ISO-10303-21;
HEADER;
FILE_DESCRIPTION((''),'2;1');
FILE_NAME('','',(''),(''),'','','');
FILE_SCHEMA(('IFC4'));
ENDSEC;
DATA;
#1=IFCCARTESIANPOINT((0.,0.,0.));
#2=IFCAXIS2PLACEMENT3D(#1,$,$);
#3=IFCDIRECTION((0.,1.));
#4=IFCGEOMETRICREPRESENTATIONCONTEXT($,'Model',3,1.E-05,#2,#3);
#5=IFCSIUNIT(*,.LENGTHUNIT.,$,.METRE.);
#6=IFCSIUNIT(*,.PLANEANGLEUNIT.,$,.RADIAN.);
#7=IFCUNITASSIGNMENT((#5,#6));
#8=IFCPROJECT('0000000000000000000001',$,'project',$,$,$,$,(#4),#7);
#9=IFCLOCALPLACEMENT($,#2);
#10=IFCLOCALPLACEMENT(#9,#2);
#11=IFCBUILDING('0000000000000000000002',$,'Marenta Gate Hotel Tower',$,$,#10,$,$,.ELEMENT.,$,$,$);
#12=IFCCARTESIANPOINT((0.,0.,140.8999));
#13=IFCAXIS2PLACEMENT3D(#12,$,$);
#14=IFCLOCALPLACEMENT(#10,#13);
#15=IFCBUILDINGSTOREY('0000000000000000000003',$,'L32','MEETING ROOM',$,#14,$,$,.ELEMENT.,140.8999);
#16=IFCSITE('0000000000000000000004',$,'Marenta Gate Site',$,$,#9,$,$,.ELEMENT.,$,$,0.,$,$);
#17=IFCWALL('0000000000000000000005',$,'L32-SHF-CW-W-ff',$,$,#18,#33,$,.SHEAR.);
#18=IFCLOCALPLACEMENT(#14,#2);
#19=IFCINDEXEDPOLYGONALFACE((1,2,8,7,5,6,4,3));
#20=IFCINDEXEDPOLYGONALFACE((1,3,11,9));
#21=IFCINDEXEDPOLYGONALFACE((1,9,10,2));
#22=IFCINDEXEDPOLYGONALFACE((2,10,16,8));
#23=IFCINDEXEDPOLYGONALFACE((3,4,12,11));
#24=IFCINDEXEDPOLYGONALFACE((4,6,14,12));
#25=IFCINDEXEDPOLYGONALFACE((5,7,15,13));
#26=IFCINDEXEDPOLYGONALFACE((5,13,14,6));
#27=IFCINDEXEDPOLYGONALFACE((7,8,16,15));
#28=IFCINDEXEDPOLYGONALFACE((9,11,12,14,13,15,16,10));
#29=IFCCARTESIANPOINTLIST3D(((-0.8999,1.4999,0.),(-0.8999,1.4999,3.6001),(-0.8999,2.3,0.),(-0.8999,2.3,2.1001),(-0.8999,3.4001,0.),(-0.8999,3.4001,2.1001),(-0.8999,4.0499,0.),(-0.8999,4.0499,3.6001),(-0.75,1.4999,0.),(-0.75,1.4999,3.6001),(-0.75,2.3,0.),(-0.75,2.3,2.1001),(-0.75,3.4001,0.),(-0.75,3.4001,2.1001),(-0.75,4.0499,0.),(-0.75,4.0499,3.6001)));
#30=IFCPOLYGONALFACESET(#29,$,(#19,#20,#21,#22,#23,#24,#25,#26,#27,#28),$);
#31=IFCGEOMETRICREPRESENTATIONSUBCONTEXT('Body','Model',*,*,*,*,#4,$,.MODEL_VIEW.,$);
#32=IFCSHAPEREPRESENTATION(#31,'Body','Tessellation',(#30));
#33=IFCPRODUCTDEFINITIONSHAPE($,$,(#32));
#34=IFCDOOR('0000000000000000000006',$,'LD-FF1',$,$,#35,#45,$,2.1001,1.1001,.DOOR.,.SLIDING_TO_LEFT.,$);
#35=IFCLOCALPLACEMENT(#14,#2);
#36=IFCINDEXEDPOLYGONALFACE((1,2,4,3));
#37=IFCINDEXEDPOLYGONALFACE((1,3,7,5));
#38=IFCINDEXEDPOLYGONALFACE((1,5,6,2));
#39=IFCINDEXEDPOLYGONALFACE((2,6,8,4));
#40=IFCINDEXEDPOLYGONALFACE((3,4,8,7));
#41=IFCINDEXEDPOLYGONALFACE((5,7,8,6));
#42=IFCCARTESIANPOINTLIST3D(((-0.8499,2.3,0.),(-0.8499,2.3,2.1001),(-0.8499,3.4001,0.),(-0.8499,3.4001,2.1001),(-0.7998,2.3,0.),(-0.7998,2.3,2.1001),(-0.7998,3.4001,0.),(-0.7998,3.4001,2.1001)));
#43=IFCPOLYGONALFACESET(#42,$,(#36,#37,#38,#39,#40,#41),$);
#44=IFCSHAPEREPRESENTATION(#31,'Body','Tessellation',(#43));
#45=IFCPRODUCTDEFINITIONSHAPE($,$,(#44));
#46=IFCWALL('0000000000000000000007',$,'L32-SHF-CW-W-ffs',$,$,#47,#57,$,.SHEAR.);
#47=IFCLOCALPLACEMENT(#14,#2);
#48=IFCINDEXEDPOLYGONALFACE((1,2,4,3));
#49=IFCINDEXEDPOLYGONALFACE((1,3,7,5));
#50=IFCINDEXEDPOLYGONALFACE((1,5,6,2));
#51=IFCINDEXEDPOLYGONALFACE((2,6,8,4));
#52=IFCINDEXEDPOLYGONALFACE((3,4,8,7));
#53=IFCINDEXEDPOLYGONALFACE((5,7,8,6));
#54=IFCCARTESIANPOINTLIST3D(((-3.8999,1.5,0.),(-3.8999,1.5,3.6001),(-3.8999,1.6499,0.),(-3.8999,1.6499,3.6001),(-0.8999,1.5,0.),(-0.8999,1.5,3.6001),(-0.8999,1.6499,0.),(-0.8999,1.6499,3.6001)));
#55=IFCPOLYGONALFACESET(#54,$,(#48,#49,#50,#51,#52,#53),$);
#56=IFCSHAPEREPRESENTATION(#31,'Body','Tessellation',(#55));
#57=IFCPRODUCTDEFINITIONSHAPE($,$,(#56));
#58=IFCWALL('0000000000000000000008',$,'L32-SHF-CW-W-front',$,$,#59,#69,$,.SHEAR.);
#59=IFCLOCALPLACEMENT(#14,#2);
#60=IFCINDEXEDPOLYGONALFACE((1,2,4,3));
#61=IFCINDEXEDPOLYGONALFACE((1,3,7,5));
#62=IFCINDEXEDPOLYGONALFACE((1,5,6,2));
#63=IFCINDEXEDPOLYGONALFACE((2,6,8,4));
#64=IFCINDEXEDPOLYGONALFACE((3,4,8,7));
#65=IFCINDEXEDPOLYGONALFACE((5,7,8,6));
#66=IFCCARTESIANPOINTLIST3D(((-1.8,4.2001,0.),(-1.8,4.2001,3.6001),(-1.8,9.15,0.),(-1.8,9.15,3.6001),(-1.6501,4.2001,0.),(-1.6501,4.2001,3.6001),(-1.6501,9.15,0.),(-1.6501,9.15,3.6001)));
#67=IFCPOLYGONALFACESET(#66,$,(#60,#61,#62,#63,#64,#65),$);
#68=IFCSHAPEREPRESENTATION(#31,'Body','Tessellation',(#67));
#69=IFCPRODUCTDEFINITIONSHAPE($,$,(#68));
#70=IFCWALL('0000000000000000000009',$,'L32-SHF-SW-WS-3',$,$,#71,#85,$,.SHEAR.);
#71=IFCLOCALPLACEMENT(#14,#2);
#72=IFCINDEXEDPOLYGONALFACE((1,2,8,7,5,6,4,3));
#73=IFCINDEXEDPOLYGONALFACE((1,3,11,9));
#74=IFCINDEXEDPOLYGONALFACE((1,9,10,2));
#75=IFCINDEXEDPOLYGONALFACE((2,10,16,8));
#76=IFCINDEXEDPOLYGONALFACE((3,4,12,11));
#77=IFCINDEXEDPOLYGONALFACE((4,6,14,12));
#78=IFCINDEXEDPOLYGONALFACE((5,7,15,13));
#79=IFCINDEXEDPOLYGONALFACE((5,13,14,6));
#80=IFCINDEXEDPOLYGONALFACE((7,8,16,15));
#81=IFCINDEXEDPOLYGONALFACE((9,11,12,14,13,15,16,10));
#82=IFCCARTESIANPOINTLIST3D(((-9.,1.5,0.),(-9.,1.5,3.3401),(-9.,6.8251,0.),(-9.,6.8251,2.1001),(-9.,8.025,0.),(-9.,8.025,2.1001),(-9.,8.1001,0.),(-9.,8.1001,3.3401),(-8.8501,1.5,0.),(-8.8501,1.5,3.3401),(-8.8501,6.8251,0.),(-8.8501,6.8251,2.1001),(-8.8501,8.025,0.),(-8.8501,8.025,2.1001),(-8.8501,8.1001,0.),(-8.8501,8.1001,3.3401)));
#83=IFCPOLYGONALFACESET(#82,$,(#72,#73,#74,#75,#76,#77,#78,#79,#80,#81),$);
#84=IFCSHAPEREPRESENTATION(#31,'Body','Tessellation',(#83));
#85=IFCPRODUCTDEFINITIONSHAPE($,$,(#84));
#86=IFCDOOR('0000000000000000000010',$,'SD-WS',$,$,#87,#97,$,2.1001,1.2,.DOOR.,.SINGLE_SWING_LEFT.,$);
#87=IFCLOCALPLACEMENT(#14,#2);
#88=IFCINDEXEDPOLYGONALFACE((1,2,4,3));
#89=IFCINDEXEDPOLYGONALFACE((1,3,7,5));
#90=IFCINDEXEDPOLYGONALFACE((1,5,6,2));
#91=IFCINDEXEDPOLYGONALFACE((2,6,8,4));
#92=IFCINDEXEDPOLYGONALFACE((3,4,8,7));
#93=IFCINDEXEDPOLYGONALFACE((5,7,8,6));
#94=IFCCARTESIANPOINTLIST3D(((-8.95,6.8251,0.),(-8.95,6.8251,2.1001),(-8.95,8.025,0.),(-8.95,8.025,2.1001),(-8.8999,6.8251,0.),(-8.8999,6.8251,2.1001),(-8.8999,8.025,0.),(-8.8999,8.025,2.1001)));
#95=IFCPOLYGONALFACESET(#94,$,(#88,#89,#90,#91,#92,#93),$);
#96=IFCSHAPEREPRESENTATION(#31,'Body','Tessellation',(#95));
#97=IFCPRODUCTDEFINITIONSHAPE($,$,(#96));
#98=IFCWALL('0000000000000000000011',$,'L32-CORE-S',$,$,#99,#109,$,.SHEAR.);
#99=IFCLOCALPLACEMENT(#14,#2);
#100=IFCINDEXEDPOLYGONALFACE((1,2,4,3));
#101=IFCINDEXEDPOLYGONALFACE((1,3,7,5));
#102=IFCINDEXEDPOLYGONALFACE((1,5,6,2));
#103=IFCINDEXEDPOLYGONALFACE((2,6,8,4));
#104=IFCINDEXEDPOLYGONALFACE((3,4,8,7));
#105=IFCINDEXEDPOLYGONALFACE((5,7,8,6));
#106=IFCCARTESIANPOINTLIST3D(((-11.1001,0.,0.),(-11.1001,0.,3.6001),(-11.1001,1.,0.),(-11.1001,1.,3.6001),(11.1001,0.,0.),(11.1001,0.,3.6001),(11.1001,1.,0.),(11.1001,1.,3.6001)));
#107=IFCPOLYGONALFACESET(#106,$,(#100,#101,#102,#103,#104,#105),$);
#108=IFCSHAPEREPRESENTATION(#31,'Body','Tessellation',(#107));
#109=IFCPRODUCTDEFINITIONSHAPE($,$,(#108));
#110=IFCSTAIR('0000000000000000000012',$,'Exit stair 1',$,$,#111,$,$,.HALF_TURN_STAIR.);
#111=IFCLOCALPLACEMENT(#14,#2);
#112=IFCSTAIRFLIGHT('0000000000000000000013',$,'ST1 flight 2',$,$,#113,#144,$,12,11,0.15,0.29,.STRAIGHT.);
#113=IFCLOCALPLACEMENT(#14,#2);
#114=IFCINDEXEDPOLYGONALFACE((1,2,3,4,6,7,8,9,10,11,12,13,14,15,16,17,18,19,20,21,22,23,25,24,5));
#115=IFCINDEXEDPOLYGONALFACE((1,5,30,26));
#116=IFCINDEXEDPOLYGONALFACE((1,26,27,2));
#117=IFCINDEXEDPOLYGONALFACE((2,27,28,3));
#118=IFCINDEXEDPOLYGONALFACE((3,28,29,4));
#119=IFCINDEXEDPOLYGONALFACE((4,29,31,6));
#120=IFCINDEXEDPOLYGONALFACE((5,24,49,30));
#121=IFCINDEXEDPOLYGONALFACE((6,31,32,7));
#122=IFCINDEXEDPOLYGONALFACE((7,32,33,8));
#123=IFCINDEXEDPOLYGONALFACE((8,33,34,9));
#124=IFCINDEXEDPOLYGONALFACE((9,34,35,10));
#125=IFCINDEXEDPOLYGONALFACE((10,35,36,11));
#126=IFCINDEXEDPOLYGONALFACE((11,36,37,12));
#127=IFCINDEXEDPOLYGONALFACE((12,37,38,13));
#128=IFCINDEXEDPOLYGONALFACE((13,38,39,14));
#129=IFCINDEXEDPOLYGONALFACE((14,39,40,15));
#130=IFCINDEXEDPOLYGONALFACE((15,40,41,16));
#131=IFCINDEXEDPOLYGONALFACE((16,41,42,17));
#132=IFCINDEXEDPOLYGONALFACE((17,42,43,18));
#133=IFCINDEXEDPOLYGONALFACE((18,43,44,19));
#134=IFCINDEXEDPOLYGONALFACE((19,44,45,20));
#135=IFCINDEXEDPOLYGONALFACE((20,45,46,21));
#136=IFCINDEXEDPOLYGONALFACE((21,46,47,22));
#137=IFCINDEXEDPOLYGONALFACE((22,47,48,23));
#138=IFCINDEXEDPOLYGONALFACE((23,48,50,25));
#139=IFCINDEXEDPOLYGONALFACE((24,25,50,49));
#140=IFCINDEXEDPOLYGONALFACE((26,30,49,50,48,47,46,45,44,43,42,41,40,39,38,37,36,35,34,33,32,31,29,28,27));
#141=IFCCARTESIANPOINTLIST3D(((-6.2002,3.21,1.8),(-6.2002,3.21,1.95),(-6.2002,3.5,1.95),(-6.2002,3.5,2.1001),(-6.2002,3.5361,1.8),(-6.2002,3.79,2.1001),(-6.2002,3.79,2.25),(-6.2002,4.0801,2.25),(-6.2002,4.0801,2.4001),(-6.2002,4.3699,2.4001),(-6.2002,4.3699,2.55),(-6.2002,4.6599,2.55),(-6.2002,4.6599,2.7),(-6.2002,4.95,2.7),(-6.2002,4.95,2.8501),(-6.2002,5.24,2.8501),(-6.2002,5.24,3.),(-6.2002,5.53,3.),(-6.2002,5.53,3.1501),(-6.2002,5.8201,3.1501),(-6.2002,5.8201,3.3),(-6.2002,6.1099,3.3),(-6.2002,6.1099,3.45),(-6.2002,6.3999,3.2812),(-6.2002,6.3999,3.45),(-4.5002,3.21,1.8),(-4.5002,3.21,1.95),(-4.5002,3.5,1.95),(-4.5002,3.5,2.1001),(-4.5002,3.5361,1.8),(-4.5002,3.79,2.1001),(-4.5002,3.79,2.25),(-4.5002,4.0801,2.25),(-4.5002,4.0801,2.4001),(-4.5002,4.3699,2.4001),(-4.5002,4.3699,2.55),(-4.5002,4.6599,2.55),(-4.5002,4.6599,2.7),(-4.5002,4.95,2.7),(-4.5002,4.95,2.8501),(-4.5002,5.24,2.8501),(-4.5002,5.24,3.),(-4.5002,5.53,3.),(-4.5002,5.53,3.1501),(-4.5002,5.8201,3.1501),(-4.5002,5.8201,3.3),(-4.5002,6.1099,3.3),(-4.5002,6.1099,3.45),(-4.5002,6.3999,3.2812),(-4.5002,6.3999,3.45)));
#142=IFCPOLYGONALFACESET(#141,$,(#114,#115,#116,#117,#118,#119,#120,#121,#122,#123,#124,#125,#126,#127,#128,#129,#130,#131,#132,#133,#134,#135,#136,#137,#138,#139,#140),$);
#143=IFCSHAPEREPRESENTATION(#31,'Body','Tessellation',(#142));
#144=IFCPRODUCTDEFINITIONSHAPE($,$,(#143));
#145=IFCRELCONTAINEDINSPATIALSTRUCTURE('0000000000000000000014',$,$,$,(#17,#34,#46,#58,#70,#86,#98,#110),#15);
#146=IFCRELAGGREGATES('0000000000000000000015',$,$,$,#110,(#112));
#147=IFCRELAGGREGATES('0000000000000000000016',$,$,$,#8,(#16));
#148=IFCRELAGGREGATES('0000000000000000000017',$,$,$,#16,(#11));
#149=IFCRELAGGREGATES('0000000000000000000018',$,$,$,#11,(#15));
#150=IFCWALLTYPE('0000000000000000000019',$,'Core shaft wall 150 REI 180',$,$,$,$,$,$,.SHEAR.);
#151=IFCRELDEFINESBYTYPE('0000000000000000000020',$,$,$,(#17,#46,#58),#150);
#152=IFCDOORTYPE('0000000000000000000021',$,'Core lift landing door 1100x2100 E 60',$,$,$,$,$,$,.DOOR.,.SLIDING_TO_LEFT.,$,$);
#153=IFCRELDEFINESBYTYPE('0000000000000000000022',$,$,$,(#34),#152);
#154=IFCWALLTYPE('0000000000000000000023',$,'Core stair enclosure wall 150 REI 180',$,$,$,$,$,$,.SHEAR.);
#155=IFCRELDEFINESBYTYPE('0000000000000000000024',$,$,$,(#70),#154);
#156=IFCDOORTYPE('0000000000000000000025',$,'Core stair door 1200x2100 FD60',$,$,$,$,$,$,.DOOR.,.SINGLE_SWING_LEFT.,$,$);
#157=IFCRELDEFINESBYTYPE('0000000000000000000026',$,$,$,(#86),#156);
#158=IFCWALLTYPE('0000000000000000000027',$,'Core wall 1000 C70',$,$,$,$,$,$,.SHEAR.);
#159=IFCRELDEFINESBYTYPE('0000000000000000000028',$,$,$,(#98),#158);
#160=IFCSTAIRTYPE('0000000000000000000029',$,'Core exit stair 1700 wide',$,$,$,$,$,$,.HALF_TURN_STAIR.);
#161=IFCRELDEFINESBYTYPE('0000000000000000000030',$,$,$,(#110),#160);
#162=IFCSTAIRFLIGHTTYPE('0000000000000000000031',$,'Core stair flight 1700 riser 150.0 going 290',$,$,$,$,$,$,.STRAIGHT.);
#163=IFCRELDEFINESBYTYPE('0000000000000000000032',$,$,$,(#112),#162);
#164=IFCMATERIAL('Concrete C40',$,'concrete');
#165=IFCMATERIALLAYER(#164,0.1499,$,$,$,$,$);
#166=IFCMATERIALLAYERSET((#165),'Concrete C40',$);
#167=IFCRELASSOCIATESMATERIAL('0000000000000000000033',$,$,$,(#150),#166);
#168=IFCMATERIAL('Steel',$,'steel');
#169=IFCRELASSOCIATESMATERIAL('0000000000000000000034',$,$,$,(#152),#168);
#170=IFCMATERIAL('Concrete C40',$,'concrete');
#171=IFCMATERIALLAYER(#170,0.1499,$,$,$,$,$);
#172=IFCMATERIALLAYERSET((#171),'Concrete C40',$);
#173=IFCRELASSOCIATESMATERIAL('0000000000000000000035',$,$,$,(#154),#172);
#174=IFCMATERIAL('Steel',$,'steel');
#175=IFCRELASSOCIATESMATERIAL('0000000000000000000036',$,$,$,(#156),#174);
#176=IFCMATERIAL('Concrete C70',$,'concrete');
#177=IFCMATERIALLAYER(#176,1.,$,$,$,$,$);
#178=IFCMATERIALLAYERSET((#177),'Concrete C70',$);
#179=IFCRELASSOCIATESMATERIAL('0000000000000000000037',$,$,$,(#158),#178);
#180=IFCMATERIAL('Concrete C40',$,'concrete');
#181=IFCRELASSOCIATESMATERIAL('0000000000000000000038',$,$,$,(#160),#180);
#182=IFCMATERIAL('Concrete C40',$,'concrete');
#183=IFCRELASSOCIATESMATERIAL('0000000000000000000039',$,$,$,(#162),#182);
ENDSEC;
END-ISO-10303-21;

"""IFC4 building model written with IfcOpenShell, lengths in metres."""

from ifc_helpers import new_model, si_unit, direction, frame, frame_2d, origin, place, context, subcontext, project, spatial, polyline, rectangle, outline, extrude, material, layer, layer_set, type_object, element, fill, aggregate, save


model = new_model("IFC4")

# Units and contexts
model_context = context("Model", 3, precision=1e-05, world=origin(), true_north=direction((0.0, 1.0)))
body_context = subcontext(model_context, "Body", "Model", "MODEL_VIEW")
ifc_project = project(units=[si_unit("LENGTHUNIT", "METRE"), si_unit("PLANEANGLEUNIT", "RADIAN")], contexts=[model_context])

# Site, building, storey
site_placement = place(None, origin())
site = spatial("IfcSite", under=ifc_project, at=site_placement, Name="Marenta Gate Site", CompositionType="ELEMENT", RefElevation=0.0)
building_placement = place(site_placement, origin())
building = spatial("IfcBuilding", under=site, at=building_placement, Name="Marenta Gate Hotel Tower", CompositionType="ELEMENT")
storey_placement = place(building_placement, frame((0.0, 0.0, 140.8999)))
storey = spatial("IfcBuildingStorey", under=building, at=storey_placement, Name="L32", Description="MEETING ROOM", CompositionType="ELEMENT", Elevation=140.8999)

# Wall, opening, door
ifc_material_1 = material(Name="Concrete C40", Category="concrete")
ifc_layer_1 = layer(ifc_material_1, 0.1499)
ifc_layer_set_1 = layer_set([ifc_layer_1], Name="Concrete C40")
wall_type_1 = type_object("IfcWallType", Name="Core shaft wall 150 REI 180", PredefinedType="SHEAR", material=ifc_layer_set_1)
wall_1_placement = place(storey_placement, frame((-0.825, 1.5, 0.0), z_axis=(0.0, 0.0, 1.0), x_axis=(0.0, 1.0, 0.0)))
wall_1 = element("IfcWall", 1, at=wall_1_placement, inside=storey, type_object=wall_type_1, Name="L32-SHF-CW-W-ff", PredefinedType="SHEAR", context=body_context, shape_type="SweptSolid", body=[
    extrude(rectangle(XDim=2.55, YDim=0.1499, at=frame_2d((1.2749, 0.0))), origin(), (0.0, 0.0, 1.0), 3.6001),
])
opening_1_placement = place(wall_1_placement, frame((0.8, 0.0, 0.0)))
opening_1 = element("IfcOpeningElement", 2, at=opening_1_placement, cuts=wall_1, PredefinedType="OPENING", context=body_context, shape_type="SweptSolid", body=[
    extrude(rectangle(XDim=1.1001, YDim=2.1001, at=frame_2d((0.55, 1.05))), frame((0.0, 0.075, 0.0), z_axis=(0.0, -1.0, 0.0), x_axis=(1.0, 0.0, 0.0)), (0.0, 0.0, 1.0), 0.1499),
])
ifc_material_2 = material(Name="Steel", Category="steel")
door_type_1 = type_object("IfcDoorType", Name="Core lift landing door 1100x2100 E 60", OperationType="SLIDING_TO_LEFT", PredefinedType="DOOR", material=ifc_material_2)
door_1_placement = place(opening_1_placement, origin())
door_1 = element("IfcDoor", 3, at=door_1_placement, inside=storey, type_object=door_type_1, Name="LD-FF1", OperationType="SLIDING_TO_LEFT", OverallHeight=2.1001, OverallWidth=1.1001, PredefinedType="DOOR", context=body_context, shape_type="SweptSolid", body=[
    extrude(rectangle(XDim=1.1001, YDim=2.1001, at=frame_2d((0.55, 1.05))), frame((0.0, 0.0249, 0.0), z_axis=(0.0, -1.0, 0.0), x_axis=(1.0, 0.0, 0.0)), (0.0, 0.0, 1.0), 0.05),
])
fill(opening_1, door_1)

# Walls
wall_2_placement = place(storey_placement, frame((-3.8999, 1.575, 0.0), z_axis=(0.0, 0.0, 1.0), x_axis=(1.0, 0.0, 0.0)))
element("IfcWall", 4, at=wall_2_placement, inside=storey, type_object=wall_type_1, Name="L32-SHF-CW-W-ffs", PredefinedType="SHEAR", context=body_context, shape_type="SweptSolid", body=[
    extrude(rectangle(XDim=3.0, YDim=0.1499, at=frame_2d((1.5, 0.0))), origin(), (0.0, 0.0, 1.0), 3.6001),
])
wall_3_placement = place(storey_placement, frame((-1.7251, 4.2, 0.0), z_axis=(0.0, 0.0, 1.0), x_axis=(0.0, 1.0, 0.0)))
element("IfcWall", 5, at=wall_3_placement, inside=storey, type_object=wall_type_1, Name="L32-SHF-CW-W-front", PredefinedType="SHEAR", context=body_context, shape_type="SweptSolid", body=[
    extrude(rectangle(XDim=4.95, YDim=0.1499, at=frame_2d((2.4751, 0.0))), origin(), (0.0, 0.0, 1.0), 3.6001),
])

# Wall, opening, door
ifc_material_3 = material(Name="Concrete C40", Category="concrete")
ifc_layer_2 = layer(ifc_material_3, 0.1499)
ifc_layer_set_2 = layer_set([ifc_layer_2], Name="Concrete C40")
wall_type_2 = type_object("IfcWallType", Name="Core stair enclosure wall 150 REI 180", PredefinedType="SHEAR", material=ifc_layer_set_2)
wall_4_placement = place(storey_placement, frame((-8.925, 1.5, 0.0), z_axis=(0.0, 0.0, 1.0), x_axis=(0.0, 1.0, 0.0)))
wall_4 = element("IfcWall", 6, at=wall_4_placement, inside=storey, type_object=wall_type_2, Name="L32-SHF-SW-WS-3", PredefinedType="SHEAR", context=body_context, shape_type="SweptSolid", body=[
    extrude(rectangle(XDim=6.6001, YDim=0.1499, at=frame_2d((3.3, 0.0))), origin(), (0.0, 0.0, 1.0), 3.3401),
])
opening_2_placement = place(wall_4_placement, frame((5.325, 0.0, 0.0)))
opening_2 = element("IfcOpeningElement", 7, at=opening_2_placement, cuts=wall_4, PredefinedType="OPENING", context=body_context, shape_type="SweptSolid", body=[
    extrude(rectangle(XDim=1.2, YDim=2.1001, at=frame_2d((0.6001, 1.05))), frame((0.0, 0.075, 0.0), z_axis=(0.0, -1.0, 0.0), x_axis=(1.0, 0.0, 0.0)), (0.0, 0.0, 1.0), 0.1499),
])
ifc_material_4 = material(Name="Steel", Category="steel")
door_type_2 = type_object("IfcDoorType", Name="Core stair door 1200x2100 FD60", OperationType="SINGLE_SWING_LEFT", PredefinedType="DOOR", material=ifc_material_4)
door_2_placement = place(opening_2_placement, origin())
door_2 = element("IfcDoor", 8, at=door_2_placement, inside=storey, type_object=door_type_2, Name="SD-WS", OperationType="SINGLE_SWING_LEFT", OverallHeight=2.1001, OverallWidth=1.2, PredefinedType="DOOR", context=body_context, shape_type="SweptSolid", body=[
    extrude(rectangle(XDim=1.2, YDim=2.1001, at=frame_2d((0.6001, 1.05))), frame((0.0, 0.0249, 0.0), z_axis=(0.0, -1.0, 0.0), x_axis=(1.0, 0.0, 0.0)), (0.0, 0.0, 1.0), 0.05),
])
fill(opening_2, door_2)

# Wall
ifc_material_5 = material(Name="Concrete C70", Category="concrete")
ifc_layer_3 = layer(ifc_material_5, 1.0)
ifc_layer_set_3 = layer_set([ifc_layer_3], Name="Concrete C70")
wall_type_3 = type_object("IfcWallType", Name="Core wall 1000 C70", PredefinedType="SHEAR", material=ifc_layer_set_3)
wall_5_placement = place(storey_placement, frame((-11.1001, 0.5, 0.0), z_axis=(0.0, 0.0, 1.0), x_axis=(1.0, 0.0, 0.0)))
element("IfcWall", 9, at=wall_5_placement, inside=storey, type_object=wall_type_3, Name="L32-CORE-S", PredefinedType="SHEAR", context=body_context, shape_type="SweptSolid", body=[
    extrude(rectangle(XDim=22.2002, YDim=1.0, at=frame_2d((11.1001, 0.0))), origin(), (0.0, 0.0, 1.0), 3.6001),
])

# Stair, stair flight
ifc_material_6 = material(Name="Concrete C40", Category="concrete")
stair_type = type_object("IfcStairType", Name="Core exit stair 1700 wide", PredefinedType="HALF_TURN_STAIR", material=ifc_material_6)
stair_placement = place(storey_placement, origin())
stair = element("IfcStair", 10, at=stair_placement, inside=storey, type_object=stair_type, Name="Exit stair 1", PredefinedType="HALF_TURN_STAIR")
ifc_material_7 = material(Name="Concrete C40", Category="concrete")
stair_flight_type = type_object("IfcStairFlightType", Name="Core stair flight 1700 riser 150.0 going 290", PredefinedType="STRAIGHT", material=ifc_material_7)
stair_flight_placement = place(storey_placement, frame((-5.3501, 3.21, 1.8), z_axis=(0.0, 0.0, 1.0), x_axis=(0.0, 1.0, 0.0)))
stair_flight = element("IfcStairFlight", 11, at=stair_flight_placement, type_object=stair_flight_type, Name="ST1 flight 2", NumberOfRisers=12, NumberOfTreads=11, PredefinedType="STRAIGHT", RiserHeight=0.15, TreadLength=0.29, context=body_context, shape_type="SweptSolid", body=[
    extrude(outline(polyline([(0.0, 0.0), (0.0, 0.1499), (0.29, 0.1499), (0.29, 0.3), (0.5801, 0.3), (0.5801, 0.45), (0.8701, 0.45), (0.8701, 0.6001), (1.1599, 0.6001), (1.1599, 0.75), (1.45, 0.75), (1.45, 0.8999), (1.74, 0.8999), (1.74, 1.05), (2.03, 1.05), (2.03, 1.2), (2.3201, 1.2), (2.3201, 1.3501), (2.6101, 1.3501), (2.6101, 1.5), (2.8999, 1.5), (2.8999, 1.6499), (3.1899, 1.6499), (3.1899, 1.8), (3.1899, 1.4812), (0.3262, 0.0), (0.0, 0.0)])), frame((0.0, 0.8501, 0.0), z_axis=(0.0, -1.0, 0.0), x_axis=(1.0, 0.0, 0.0)), (0.0, 0.0, 1.0), 1.7),
])
aggregate(stair, [stair_flight])

save(model, "model.ifc")
